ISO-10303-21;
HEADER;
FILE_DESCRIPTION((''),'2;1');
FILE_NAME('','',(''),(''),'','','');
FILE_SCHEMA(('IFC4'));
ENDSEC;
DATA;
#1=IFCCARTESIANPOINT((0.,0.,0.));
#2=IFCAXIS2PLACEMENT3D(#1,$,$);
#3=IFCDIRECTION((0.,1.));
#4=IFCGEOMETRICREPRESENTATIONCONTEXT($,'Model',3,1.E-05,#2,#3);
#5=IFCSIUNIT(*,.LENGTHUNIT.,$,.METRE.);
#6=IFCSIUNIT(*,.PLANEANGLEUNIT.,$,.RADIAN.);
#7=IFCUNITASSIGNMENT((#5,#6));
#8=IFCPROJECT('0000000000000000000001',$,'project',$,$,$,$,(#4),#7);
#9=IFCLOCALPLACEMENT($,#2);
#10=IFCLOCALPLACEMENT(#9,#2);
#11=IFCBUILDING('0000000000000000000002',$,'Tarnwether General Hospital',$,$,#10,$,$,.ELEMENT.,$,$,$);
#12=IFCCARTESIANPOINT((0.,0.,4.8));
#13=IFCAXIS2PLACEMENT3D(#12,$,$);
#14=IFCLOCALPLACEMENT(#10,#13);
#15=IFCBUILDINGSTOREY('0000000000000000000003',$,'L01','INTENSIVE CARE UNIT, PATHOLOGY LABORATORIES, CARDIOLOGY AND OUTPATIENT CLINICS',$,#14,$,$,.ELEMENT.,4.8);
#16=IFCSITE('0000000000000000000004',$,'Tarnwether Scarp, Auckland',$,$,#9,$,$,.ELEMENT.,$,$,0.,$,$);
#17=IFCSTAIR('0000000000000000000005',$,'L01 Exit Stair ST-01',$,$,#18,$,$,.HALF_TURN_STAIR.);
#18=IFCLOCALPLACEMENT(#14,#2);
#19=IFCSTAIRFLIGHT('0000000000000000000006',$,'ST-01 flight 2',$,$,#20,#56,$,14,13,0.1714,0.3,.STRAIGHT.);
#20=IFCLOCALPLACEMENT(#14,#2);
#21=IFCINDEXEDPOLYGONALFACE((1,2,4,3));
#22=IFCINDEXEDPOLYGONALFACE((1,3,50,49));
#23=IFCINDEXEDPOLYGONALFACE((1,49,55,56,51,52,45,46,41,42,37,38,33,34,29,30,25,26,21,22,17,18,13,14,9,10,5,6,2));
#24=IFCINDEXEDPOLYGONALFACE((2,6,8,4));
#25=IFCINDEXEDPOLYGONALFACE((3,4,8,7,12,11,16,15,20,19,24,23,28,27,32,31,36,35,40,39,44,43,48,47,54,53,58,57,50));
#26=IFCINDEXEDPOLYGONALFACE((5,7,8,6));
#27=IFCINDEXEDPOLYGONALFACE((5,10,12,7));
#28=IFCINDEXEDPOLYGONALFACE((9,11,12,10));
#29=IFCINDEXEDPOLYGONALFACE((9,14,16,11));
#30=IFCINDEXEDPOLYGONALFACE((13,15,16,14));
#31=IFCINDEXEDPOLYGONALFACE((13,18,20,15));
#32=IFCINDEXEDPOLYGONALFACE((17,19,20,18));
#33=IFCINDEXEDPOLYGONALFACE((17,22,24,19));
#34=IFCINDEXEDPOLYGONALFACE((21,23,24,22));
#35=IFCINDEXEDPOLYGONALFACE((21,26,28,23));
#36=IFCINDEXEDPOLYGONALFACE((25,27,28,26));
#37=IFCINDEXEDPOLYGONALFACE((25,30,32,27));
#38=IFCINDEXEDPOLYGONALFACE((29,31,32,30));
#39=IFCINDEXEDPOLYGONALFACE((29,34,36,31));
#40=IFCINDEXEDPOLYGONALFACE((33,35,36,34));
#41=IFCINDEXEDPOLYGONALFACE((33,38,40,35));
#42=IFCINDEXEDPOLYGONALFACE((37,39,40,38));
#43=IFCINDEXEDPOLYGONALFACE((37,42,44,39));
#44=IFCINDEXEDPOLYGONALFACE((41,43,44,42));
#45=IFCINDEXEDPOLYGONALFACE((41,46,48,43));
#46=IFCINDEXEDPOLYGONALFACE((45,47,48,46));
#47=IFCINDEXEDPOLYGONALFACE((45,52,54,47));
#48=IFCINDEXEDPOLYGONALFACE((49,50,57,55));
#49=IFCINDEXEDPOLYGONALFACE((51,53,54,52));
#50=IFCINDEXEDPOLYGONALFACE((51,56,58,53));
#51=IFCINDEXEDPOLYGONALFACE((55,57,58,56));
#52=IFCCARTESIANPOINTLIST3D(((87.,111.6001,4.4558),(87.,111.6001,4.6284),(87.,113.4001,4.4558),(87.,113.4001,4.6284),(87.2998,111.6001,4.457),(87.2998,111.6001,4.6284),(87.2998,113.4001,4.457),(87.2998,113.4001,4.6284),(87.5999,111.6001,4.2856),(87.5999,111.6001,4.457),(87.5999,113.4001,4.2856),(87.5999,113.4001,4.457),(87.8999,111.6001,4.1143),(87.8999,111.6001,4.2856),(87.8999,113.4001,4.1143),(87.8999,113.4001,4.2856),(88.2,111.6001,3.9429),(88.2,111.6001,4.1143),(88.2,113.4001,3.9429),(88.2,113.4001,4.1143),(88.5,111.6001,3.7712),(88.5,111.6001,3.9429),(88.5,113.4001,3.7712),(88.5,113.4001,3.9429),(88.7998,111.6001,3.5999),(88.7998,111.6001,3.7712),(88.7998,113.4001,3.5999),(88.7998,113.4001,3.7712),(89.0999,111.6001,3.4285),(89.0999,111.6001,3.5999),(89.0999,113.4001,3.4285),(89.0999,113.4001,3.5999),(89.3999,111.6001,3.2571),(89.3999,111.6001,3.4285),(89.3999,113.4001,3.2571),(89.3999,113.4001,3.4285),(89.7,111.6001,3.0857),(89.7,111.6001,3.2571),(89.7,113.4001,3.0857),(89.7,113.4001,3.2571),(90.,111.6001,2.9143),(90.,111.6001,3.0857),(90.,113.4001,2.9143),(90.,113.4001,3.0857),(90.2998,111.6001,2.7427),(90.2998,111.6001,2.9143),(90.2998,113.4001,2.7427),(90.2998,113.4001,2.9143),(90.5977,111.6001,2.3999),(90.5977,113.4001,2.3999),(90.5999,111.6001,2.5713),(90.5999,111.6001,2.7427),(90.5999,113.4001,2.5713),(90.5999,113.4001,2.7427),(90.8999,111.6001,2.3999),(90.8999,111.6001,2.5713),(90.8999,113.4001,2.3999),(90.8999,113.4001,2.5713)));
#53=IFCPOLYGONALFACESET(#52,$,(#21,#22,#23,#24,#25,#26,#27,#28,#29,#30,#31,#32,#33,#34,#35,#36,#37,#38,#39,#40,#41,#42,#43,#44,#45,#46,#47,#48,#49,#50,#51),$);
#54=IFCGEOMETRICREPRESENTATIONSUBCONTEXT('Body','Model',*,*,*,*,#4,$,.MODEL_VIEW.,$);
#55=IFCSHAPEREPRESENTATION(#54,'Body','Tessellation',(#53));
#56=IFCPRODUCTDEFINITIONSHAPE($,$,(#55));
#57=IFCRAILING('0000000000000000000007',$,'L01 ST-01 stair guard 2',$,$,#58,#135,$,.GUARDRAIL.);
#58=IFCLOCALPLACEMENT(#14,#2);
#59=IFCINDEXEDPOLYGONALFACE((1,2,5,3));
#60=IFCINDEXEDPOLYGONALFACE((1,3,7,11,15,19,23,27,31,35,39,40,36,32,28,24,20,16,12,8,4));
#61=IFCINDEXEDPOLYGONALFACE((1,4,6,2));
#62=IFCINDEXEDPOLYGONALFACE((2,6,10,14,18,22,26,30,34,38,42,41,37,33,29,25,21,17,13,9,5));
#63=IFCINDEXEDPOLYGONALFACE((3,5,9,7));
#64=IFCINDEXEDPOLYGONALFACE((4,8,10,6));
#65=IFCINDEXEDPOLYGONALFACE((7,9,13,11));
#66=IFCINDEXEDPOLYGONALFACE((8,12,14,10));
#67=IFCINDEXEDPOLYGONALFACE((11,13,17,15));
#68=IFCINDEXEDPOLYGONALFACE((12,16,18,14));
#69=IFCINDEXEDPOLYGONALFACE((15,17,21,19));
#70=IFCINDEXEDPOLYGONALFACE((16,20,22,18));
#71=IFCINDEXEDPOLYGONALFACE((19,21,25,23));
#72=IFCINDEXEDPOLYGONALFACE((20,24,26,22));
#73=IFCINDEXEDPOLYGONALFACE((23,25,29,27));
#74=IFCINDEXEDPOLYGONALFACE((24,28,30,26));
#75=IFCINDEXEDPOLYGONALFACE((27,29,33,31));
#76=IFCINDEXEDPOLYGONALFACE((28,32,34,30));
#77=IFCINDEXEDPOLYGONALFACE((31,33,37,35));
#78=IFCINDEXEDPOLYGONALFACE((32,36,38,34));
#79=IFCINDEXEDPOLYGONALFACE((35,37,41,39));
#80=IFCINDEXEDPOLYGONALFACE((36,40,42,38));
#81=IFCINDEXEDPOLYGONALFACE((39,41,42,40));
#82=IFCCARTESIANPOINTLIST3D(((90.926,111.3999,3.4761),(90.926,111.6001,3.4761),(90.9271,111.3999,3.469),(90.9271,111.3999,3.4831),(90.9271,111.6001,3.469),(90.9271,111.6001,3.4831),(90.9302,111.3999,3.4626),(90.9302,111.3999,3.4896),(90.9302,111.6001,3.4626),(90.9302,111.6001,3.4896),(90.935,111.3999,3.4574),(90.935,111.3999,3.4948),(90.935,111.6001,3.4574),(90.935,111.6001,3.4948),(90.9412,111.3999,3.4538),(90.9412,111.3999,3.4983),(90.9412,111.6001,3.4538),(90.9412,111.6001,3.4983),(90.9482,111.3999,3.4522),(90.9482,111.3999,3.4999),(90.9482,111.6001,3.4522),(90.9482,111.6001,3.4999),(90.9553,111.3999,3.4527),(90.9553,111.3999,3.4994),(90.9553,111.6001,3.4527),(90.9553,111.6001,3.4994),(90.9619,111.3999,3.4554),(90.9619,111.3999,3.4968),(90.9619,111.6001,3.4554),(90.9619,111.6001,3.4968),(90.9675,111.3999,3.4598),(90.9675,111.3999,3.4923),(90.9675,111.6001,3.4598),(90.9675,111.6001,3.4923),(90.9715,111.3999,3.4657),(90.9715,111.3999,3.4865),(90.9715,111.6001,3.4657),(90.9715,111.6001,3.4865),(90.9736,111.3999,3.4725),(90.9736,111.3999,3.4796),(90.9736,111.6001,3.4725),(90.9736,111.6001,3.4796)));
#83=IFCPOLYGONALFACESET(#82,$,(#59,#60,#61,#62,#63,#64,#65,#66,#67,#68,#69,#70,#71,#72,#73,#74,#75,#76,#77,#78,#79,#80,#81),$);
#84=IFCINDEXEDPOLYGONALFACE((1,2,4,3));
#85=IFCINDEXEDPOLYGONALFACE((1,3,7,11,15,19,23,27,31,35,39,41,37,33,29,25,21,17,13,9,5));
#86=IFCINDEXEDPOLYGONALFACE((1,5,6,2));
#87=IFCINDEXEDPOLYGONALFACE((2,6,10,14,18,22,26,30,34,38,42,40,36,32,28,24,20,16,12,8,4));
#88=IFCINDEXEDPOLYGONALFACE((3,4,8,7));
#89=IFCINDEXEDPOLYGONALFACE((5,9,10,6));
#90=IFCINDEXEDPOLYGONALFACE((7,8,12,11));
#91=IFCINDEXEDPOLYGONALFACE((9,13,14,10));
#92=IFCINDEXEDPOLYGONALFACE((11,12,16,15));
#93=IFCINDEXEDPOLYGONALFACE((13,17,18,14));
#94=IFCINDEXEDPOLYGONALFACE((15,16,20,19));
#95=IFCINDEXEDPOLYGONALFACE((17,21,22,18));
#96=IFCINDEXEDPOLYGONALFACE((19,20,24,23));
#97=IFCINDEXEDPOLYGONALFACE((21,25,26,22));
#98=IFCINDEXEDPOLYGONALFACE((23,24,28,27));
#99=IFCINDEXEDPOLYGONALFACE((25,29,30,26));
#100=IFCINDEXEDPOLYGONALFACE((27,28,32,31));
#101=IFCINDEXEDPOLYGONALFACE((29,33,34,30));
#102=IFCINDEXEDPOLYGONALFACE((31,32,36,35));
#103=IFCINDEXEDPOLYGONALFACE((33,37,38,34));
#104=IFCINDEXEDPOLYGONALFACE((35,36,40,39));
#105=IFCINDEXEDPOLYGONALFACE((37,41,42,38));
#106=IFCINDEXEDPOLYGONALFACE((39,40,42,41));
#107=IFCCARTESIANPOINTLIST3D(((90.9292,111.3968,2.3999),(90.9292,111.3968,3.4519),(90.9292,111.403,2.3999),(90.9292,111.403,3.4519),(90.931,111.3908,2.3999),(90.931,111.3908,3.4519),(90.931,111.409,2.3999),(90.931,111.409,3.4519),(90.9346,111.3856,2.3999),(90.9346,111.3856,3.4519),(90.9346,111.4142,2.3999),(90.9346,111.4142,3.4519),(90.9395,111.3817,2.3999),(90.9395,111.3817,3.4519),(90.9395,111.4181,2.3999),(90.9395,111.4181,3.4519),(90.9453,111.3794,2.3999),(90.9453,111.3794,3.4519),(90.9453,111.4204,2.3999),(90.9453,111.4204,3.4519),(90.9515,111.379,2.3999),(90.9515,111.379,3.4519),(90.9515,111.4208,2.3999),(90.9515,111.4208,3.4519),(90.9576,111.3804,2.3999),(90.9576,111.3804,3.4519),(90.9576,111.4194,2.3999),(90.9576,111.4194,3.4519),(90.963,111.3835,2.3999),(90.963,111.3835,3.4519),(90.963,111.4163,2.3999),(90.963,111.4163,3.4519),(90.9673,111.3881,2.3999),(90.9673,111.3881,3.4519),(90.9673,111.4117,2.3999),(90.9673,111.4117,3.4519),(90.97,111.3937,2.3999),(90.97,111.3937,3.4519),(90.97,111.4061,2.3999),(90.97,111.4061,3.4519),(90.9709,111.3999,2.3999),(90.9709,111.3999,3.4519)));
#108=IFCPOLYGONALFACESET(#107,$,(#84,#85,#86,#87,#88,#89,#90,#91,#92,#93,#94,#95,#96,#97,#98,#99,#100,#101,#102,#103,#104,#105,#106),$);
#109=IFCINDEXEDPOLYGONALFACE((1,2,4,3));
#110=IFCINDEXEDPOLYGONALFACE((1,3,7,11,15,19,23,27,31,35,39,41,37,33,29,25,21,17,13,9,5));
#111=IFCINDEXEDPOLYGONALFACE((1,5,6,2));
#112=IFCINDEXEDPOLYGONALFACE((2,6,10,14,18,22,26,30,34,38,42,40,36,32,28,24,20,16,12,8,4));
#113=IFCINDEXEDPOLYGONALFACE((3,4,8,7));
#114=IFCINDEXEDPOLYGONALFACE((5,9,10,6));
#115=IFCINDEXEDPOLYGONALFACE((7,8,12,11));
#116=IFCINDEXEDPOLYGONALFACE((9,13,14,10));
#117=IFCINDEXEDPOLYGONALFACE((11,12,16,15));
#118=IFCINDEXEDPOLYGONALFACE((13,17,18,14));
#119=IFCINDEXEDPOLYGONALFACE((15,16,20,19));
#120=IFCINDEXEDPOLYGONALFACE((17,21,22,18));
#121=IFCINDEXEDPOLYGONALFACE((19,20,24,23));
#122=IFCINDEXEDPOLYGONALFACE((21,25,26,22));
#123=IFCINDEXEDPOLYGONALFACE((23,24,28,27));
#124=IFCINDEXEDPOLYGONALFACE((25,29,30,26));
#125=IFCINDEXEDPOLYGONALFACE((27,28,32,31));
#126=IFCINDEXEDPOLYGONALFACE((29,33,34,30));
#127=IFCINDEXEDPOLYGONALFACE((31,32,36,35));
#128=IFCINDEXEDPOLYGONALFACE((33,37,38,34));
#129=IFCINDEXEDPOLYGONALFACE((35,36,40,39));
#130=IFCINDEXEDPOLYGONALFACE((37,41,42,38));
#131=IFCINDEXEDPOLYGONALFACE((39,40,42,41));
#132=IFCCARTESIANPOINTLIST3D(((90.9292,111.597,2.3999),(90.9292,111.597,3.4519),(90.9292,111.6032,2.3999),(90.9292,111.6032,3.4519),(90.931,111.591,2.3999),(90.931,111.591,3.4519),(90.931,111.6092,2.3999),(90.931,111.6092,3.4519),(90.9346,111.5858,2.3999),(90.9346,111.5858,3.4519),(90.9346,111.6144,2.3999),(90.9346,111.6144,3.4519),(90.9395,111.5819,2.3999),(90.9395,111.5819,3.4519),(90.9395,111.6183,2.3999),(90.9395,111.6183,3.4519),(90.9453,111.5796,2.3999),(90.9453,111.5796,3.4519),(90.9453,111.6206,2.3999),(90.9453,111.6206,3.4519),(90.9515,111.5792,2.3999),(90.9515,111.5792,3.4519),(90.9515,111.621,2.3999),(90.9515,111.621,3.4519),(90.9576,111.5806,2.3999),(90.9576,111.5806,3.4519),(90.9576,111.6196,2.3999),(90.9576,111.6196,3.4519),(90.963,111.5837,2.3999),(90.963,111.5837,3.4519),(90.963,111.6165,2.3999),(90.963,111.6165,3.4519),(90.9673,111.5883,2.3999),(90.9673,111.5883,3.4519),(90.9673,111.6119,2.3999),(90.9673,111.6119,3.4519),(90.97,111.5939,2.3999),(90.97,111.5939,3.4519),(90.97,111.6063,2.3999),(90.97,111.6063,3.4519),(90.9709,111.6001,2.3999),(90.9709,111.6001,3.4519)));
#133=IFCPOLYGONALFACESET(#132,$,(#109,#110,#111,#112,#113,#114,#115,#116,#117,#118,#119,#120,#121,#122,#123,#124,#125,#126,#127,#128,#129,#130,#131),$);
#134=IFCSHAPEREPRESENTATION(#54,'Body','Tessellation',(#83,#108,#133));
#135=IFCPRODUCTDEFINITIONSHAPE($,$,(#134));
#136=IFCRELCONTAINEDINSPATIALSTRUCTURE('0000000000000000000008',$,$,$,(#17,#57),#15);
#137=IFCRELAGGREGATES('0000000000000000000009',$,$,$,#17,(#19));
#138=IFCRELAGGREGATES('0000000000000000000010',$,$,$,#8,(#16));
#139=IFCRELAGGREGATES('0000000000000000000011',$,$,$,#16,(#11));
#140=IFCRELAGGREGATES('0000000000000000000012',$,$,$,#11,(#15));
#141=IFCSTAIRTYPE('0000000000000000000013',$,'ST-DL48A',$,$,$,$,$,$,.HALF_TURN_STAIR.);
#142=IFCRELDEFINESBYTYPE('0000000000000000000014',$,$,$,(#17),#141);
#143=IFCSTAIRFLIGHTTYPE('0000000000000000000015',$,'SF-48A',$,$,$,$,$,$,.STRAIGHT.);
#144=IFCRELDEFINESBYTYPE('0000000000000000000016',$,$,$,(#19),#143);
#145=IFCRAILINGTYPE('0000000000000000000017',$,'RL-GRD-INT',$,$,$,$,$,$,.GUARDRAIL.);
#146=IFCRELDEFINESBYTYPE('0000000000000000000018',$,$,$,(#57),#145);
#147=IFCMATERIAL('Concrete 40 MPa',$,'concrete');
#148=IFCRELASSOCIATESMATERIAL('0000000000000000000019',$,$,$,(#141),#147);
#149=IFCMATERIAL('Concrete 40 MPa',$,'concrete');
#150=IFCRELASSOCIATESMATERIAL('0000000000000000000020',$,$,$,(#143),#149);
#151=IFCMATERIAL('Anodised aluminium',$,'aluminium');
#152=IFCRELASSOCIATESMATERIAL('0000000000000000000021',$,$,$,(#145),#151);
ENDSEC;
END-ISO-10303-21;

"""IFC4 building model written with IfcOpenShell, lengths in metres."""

from ifc_helpers import new_model, si_unit, direction, frame, origin, origin_2d, place, context, subcontext, project, spatial, polyline, circle, outline, extrude, material, type_object, element, aggregate, save


model = new_model("IFC4")

# Units and contexts
model_context = context("Model", 3, precision=1e-05, world=origin(), true_north=direction((0.0, 1.0)))
body_context = subcontext(model_context, "Body", "Model", "MODEL_VIEW")
ifc_project = project(units=[si_unit("LENGTHUNIT", "METRE"), si_unit("PLANEANGLEUNIT", "RADIAN")], contexts=[model_context])

# Site, building, storey
site_placement = place(None, origin())
site = spatial("IfcSite", under=ifc_project, at=site_placement, Name="Tarnwether Scarp, Auckland", CompositionType="ELEMENT", RefElevation=0.0)
building_placement = place(site_placement, origin())
building = spatial("IfcBuilding", under=site, at=building_placement, Name="Tarnwether General Hospital", CompositionType="ELEMENT")
storey_placement = place(building_placement, frame((0.0, 0.0, 4.8)))
storey = spatial("IfcBuildingStorey", under=building, at=storey_placement, Name="L01", Description="INTENSIVE CARE UNIT, PATHOLOGY LABORATORIES, CARDIOLOGY AND OUTPATIENT CLINICS", CompositionType="ELEMENT", Elevation=4.8)

# Stair, stair flight
ifc_material_1 = material(Name="Concrete 40 MPa", Category="concrete")
stair_type = type_object("IfcStairType", Name="ST-DL48A", PredefinedType="HALF_TURN_STAIR", material=ifc_material_1)
stair_placement = place(storey_placement, origin())
stair = element("IfcStair", 1, at=stair_placement, inside=storey, type_object=stair_type, Name="L01 Exit Stair ST-01", PredefinedType="HALF_TURN_STAIR")
ifc_material_2 = material(Name="Concrete 40 MPa", Category="concrete")
stair_flight_type = type_object("IfcStairFlightType", Name="SF-48A", PredefinedType="STRAIGHT", material=ifc_material_2)
stair_flight_placement = place(storey_placement, frame((90.8999, 112.5, 2.3999), z_axis=(0.0, 0.0, 1.0), x_axis=(-1.0, 0.0, 0.0)))
stair_flight = element("IfcStairFlight", 2, at=stair_flight_placement, type_object=stair_flight_type, Name="ST-01 flight 2", NumberOfRisers=14, NumberOfTreads=13, PredefinedType="STRAIGHT", RiserHeight=0.1714, TreadLength=0.3, context=body_context, shape_type="SweptSolid", body=[
    extrude(outline(polyline([(0.0, 0.0), (0.0, 0.1714), (0.3, 0.1714), (0.3, 0.3428), (0.6001, 0.3428), (0.6001, 0.5144), (0.8999, 0.5144), (0.8999, 0.6858), (1.2, 0.6858), (1.2, 0.8572), (1.5, 0.8572), (1.5, 1.0286), (1.8, 1.0286), (1.8, 1.2), (2.1001, 1.2), (2.1001, 1.3713), (2.3999, 1.3713), (2.3999, 1.543), (2.7, 1.543), (2.7, 1.7144), (3.0, 1.7144), (3.0, 1.8857), (3.3, 1.8857), (3.3, 2.0571), (3.6001, 2.0571), (3.6001, 2.2285), (3.8999, 2.2285), (3.8999, 2.3999), (3.8999, 2.0559), (0.3022, 0.0), (0.0, 0.0)])), frame((0.0, 0.8999, 0.0), z_axis=(0.0, -1.0, 0.0), x_axis=(1.0, 0.0, 0.0)), (0.0, 0.0, 1.0), 1.8),
])
aggregate(stair, [stair_flight])

# Railing
ifc_material_3 = material(Name="Anodised aluminium", Category="aluminium")
railing_type_1 = type_object("IfcRailingType", Name="RL-GRD-INT", PredefinedType="GUARDRAIL", material=ifc_material_3)
railing_1_placement = place(storey_placement, frame((90.95, 111.3999, 2.3999)))
element("IfcRailing", 3, at=railing_1_placement, inside=storey, type_object=railing_type_1, Name="L01 ST-01 stair guard 2", PredefinedType="GUARDRAIL", context=body_context, shape_type="SweptSolid", body=[
    extrude(circle(Radius=0.0239, at=origin_2d()), frame((0.0, 0.0, 1.0762), z_axis=(0.0, 1.0, 0.0), x_axis=(-1.0, 0.0, 0.0)), (0.0, 0.0, 1.0), 0.2002),
    extrude(circle(Radius=0.021, at=origin_2d()), origin(), (0.0, 0.0, 1.0), 1.052),
    extrude(circle(Radius=0.021, at=origin_2d()), frame((0.0, 0.2002, 0.0)), (0.0, 0.0, 1.0), 1.052),
])

save(model, "model.ifc")
